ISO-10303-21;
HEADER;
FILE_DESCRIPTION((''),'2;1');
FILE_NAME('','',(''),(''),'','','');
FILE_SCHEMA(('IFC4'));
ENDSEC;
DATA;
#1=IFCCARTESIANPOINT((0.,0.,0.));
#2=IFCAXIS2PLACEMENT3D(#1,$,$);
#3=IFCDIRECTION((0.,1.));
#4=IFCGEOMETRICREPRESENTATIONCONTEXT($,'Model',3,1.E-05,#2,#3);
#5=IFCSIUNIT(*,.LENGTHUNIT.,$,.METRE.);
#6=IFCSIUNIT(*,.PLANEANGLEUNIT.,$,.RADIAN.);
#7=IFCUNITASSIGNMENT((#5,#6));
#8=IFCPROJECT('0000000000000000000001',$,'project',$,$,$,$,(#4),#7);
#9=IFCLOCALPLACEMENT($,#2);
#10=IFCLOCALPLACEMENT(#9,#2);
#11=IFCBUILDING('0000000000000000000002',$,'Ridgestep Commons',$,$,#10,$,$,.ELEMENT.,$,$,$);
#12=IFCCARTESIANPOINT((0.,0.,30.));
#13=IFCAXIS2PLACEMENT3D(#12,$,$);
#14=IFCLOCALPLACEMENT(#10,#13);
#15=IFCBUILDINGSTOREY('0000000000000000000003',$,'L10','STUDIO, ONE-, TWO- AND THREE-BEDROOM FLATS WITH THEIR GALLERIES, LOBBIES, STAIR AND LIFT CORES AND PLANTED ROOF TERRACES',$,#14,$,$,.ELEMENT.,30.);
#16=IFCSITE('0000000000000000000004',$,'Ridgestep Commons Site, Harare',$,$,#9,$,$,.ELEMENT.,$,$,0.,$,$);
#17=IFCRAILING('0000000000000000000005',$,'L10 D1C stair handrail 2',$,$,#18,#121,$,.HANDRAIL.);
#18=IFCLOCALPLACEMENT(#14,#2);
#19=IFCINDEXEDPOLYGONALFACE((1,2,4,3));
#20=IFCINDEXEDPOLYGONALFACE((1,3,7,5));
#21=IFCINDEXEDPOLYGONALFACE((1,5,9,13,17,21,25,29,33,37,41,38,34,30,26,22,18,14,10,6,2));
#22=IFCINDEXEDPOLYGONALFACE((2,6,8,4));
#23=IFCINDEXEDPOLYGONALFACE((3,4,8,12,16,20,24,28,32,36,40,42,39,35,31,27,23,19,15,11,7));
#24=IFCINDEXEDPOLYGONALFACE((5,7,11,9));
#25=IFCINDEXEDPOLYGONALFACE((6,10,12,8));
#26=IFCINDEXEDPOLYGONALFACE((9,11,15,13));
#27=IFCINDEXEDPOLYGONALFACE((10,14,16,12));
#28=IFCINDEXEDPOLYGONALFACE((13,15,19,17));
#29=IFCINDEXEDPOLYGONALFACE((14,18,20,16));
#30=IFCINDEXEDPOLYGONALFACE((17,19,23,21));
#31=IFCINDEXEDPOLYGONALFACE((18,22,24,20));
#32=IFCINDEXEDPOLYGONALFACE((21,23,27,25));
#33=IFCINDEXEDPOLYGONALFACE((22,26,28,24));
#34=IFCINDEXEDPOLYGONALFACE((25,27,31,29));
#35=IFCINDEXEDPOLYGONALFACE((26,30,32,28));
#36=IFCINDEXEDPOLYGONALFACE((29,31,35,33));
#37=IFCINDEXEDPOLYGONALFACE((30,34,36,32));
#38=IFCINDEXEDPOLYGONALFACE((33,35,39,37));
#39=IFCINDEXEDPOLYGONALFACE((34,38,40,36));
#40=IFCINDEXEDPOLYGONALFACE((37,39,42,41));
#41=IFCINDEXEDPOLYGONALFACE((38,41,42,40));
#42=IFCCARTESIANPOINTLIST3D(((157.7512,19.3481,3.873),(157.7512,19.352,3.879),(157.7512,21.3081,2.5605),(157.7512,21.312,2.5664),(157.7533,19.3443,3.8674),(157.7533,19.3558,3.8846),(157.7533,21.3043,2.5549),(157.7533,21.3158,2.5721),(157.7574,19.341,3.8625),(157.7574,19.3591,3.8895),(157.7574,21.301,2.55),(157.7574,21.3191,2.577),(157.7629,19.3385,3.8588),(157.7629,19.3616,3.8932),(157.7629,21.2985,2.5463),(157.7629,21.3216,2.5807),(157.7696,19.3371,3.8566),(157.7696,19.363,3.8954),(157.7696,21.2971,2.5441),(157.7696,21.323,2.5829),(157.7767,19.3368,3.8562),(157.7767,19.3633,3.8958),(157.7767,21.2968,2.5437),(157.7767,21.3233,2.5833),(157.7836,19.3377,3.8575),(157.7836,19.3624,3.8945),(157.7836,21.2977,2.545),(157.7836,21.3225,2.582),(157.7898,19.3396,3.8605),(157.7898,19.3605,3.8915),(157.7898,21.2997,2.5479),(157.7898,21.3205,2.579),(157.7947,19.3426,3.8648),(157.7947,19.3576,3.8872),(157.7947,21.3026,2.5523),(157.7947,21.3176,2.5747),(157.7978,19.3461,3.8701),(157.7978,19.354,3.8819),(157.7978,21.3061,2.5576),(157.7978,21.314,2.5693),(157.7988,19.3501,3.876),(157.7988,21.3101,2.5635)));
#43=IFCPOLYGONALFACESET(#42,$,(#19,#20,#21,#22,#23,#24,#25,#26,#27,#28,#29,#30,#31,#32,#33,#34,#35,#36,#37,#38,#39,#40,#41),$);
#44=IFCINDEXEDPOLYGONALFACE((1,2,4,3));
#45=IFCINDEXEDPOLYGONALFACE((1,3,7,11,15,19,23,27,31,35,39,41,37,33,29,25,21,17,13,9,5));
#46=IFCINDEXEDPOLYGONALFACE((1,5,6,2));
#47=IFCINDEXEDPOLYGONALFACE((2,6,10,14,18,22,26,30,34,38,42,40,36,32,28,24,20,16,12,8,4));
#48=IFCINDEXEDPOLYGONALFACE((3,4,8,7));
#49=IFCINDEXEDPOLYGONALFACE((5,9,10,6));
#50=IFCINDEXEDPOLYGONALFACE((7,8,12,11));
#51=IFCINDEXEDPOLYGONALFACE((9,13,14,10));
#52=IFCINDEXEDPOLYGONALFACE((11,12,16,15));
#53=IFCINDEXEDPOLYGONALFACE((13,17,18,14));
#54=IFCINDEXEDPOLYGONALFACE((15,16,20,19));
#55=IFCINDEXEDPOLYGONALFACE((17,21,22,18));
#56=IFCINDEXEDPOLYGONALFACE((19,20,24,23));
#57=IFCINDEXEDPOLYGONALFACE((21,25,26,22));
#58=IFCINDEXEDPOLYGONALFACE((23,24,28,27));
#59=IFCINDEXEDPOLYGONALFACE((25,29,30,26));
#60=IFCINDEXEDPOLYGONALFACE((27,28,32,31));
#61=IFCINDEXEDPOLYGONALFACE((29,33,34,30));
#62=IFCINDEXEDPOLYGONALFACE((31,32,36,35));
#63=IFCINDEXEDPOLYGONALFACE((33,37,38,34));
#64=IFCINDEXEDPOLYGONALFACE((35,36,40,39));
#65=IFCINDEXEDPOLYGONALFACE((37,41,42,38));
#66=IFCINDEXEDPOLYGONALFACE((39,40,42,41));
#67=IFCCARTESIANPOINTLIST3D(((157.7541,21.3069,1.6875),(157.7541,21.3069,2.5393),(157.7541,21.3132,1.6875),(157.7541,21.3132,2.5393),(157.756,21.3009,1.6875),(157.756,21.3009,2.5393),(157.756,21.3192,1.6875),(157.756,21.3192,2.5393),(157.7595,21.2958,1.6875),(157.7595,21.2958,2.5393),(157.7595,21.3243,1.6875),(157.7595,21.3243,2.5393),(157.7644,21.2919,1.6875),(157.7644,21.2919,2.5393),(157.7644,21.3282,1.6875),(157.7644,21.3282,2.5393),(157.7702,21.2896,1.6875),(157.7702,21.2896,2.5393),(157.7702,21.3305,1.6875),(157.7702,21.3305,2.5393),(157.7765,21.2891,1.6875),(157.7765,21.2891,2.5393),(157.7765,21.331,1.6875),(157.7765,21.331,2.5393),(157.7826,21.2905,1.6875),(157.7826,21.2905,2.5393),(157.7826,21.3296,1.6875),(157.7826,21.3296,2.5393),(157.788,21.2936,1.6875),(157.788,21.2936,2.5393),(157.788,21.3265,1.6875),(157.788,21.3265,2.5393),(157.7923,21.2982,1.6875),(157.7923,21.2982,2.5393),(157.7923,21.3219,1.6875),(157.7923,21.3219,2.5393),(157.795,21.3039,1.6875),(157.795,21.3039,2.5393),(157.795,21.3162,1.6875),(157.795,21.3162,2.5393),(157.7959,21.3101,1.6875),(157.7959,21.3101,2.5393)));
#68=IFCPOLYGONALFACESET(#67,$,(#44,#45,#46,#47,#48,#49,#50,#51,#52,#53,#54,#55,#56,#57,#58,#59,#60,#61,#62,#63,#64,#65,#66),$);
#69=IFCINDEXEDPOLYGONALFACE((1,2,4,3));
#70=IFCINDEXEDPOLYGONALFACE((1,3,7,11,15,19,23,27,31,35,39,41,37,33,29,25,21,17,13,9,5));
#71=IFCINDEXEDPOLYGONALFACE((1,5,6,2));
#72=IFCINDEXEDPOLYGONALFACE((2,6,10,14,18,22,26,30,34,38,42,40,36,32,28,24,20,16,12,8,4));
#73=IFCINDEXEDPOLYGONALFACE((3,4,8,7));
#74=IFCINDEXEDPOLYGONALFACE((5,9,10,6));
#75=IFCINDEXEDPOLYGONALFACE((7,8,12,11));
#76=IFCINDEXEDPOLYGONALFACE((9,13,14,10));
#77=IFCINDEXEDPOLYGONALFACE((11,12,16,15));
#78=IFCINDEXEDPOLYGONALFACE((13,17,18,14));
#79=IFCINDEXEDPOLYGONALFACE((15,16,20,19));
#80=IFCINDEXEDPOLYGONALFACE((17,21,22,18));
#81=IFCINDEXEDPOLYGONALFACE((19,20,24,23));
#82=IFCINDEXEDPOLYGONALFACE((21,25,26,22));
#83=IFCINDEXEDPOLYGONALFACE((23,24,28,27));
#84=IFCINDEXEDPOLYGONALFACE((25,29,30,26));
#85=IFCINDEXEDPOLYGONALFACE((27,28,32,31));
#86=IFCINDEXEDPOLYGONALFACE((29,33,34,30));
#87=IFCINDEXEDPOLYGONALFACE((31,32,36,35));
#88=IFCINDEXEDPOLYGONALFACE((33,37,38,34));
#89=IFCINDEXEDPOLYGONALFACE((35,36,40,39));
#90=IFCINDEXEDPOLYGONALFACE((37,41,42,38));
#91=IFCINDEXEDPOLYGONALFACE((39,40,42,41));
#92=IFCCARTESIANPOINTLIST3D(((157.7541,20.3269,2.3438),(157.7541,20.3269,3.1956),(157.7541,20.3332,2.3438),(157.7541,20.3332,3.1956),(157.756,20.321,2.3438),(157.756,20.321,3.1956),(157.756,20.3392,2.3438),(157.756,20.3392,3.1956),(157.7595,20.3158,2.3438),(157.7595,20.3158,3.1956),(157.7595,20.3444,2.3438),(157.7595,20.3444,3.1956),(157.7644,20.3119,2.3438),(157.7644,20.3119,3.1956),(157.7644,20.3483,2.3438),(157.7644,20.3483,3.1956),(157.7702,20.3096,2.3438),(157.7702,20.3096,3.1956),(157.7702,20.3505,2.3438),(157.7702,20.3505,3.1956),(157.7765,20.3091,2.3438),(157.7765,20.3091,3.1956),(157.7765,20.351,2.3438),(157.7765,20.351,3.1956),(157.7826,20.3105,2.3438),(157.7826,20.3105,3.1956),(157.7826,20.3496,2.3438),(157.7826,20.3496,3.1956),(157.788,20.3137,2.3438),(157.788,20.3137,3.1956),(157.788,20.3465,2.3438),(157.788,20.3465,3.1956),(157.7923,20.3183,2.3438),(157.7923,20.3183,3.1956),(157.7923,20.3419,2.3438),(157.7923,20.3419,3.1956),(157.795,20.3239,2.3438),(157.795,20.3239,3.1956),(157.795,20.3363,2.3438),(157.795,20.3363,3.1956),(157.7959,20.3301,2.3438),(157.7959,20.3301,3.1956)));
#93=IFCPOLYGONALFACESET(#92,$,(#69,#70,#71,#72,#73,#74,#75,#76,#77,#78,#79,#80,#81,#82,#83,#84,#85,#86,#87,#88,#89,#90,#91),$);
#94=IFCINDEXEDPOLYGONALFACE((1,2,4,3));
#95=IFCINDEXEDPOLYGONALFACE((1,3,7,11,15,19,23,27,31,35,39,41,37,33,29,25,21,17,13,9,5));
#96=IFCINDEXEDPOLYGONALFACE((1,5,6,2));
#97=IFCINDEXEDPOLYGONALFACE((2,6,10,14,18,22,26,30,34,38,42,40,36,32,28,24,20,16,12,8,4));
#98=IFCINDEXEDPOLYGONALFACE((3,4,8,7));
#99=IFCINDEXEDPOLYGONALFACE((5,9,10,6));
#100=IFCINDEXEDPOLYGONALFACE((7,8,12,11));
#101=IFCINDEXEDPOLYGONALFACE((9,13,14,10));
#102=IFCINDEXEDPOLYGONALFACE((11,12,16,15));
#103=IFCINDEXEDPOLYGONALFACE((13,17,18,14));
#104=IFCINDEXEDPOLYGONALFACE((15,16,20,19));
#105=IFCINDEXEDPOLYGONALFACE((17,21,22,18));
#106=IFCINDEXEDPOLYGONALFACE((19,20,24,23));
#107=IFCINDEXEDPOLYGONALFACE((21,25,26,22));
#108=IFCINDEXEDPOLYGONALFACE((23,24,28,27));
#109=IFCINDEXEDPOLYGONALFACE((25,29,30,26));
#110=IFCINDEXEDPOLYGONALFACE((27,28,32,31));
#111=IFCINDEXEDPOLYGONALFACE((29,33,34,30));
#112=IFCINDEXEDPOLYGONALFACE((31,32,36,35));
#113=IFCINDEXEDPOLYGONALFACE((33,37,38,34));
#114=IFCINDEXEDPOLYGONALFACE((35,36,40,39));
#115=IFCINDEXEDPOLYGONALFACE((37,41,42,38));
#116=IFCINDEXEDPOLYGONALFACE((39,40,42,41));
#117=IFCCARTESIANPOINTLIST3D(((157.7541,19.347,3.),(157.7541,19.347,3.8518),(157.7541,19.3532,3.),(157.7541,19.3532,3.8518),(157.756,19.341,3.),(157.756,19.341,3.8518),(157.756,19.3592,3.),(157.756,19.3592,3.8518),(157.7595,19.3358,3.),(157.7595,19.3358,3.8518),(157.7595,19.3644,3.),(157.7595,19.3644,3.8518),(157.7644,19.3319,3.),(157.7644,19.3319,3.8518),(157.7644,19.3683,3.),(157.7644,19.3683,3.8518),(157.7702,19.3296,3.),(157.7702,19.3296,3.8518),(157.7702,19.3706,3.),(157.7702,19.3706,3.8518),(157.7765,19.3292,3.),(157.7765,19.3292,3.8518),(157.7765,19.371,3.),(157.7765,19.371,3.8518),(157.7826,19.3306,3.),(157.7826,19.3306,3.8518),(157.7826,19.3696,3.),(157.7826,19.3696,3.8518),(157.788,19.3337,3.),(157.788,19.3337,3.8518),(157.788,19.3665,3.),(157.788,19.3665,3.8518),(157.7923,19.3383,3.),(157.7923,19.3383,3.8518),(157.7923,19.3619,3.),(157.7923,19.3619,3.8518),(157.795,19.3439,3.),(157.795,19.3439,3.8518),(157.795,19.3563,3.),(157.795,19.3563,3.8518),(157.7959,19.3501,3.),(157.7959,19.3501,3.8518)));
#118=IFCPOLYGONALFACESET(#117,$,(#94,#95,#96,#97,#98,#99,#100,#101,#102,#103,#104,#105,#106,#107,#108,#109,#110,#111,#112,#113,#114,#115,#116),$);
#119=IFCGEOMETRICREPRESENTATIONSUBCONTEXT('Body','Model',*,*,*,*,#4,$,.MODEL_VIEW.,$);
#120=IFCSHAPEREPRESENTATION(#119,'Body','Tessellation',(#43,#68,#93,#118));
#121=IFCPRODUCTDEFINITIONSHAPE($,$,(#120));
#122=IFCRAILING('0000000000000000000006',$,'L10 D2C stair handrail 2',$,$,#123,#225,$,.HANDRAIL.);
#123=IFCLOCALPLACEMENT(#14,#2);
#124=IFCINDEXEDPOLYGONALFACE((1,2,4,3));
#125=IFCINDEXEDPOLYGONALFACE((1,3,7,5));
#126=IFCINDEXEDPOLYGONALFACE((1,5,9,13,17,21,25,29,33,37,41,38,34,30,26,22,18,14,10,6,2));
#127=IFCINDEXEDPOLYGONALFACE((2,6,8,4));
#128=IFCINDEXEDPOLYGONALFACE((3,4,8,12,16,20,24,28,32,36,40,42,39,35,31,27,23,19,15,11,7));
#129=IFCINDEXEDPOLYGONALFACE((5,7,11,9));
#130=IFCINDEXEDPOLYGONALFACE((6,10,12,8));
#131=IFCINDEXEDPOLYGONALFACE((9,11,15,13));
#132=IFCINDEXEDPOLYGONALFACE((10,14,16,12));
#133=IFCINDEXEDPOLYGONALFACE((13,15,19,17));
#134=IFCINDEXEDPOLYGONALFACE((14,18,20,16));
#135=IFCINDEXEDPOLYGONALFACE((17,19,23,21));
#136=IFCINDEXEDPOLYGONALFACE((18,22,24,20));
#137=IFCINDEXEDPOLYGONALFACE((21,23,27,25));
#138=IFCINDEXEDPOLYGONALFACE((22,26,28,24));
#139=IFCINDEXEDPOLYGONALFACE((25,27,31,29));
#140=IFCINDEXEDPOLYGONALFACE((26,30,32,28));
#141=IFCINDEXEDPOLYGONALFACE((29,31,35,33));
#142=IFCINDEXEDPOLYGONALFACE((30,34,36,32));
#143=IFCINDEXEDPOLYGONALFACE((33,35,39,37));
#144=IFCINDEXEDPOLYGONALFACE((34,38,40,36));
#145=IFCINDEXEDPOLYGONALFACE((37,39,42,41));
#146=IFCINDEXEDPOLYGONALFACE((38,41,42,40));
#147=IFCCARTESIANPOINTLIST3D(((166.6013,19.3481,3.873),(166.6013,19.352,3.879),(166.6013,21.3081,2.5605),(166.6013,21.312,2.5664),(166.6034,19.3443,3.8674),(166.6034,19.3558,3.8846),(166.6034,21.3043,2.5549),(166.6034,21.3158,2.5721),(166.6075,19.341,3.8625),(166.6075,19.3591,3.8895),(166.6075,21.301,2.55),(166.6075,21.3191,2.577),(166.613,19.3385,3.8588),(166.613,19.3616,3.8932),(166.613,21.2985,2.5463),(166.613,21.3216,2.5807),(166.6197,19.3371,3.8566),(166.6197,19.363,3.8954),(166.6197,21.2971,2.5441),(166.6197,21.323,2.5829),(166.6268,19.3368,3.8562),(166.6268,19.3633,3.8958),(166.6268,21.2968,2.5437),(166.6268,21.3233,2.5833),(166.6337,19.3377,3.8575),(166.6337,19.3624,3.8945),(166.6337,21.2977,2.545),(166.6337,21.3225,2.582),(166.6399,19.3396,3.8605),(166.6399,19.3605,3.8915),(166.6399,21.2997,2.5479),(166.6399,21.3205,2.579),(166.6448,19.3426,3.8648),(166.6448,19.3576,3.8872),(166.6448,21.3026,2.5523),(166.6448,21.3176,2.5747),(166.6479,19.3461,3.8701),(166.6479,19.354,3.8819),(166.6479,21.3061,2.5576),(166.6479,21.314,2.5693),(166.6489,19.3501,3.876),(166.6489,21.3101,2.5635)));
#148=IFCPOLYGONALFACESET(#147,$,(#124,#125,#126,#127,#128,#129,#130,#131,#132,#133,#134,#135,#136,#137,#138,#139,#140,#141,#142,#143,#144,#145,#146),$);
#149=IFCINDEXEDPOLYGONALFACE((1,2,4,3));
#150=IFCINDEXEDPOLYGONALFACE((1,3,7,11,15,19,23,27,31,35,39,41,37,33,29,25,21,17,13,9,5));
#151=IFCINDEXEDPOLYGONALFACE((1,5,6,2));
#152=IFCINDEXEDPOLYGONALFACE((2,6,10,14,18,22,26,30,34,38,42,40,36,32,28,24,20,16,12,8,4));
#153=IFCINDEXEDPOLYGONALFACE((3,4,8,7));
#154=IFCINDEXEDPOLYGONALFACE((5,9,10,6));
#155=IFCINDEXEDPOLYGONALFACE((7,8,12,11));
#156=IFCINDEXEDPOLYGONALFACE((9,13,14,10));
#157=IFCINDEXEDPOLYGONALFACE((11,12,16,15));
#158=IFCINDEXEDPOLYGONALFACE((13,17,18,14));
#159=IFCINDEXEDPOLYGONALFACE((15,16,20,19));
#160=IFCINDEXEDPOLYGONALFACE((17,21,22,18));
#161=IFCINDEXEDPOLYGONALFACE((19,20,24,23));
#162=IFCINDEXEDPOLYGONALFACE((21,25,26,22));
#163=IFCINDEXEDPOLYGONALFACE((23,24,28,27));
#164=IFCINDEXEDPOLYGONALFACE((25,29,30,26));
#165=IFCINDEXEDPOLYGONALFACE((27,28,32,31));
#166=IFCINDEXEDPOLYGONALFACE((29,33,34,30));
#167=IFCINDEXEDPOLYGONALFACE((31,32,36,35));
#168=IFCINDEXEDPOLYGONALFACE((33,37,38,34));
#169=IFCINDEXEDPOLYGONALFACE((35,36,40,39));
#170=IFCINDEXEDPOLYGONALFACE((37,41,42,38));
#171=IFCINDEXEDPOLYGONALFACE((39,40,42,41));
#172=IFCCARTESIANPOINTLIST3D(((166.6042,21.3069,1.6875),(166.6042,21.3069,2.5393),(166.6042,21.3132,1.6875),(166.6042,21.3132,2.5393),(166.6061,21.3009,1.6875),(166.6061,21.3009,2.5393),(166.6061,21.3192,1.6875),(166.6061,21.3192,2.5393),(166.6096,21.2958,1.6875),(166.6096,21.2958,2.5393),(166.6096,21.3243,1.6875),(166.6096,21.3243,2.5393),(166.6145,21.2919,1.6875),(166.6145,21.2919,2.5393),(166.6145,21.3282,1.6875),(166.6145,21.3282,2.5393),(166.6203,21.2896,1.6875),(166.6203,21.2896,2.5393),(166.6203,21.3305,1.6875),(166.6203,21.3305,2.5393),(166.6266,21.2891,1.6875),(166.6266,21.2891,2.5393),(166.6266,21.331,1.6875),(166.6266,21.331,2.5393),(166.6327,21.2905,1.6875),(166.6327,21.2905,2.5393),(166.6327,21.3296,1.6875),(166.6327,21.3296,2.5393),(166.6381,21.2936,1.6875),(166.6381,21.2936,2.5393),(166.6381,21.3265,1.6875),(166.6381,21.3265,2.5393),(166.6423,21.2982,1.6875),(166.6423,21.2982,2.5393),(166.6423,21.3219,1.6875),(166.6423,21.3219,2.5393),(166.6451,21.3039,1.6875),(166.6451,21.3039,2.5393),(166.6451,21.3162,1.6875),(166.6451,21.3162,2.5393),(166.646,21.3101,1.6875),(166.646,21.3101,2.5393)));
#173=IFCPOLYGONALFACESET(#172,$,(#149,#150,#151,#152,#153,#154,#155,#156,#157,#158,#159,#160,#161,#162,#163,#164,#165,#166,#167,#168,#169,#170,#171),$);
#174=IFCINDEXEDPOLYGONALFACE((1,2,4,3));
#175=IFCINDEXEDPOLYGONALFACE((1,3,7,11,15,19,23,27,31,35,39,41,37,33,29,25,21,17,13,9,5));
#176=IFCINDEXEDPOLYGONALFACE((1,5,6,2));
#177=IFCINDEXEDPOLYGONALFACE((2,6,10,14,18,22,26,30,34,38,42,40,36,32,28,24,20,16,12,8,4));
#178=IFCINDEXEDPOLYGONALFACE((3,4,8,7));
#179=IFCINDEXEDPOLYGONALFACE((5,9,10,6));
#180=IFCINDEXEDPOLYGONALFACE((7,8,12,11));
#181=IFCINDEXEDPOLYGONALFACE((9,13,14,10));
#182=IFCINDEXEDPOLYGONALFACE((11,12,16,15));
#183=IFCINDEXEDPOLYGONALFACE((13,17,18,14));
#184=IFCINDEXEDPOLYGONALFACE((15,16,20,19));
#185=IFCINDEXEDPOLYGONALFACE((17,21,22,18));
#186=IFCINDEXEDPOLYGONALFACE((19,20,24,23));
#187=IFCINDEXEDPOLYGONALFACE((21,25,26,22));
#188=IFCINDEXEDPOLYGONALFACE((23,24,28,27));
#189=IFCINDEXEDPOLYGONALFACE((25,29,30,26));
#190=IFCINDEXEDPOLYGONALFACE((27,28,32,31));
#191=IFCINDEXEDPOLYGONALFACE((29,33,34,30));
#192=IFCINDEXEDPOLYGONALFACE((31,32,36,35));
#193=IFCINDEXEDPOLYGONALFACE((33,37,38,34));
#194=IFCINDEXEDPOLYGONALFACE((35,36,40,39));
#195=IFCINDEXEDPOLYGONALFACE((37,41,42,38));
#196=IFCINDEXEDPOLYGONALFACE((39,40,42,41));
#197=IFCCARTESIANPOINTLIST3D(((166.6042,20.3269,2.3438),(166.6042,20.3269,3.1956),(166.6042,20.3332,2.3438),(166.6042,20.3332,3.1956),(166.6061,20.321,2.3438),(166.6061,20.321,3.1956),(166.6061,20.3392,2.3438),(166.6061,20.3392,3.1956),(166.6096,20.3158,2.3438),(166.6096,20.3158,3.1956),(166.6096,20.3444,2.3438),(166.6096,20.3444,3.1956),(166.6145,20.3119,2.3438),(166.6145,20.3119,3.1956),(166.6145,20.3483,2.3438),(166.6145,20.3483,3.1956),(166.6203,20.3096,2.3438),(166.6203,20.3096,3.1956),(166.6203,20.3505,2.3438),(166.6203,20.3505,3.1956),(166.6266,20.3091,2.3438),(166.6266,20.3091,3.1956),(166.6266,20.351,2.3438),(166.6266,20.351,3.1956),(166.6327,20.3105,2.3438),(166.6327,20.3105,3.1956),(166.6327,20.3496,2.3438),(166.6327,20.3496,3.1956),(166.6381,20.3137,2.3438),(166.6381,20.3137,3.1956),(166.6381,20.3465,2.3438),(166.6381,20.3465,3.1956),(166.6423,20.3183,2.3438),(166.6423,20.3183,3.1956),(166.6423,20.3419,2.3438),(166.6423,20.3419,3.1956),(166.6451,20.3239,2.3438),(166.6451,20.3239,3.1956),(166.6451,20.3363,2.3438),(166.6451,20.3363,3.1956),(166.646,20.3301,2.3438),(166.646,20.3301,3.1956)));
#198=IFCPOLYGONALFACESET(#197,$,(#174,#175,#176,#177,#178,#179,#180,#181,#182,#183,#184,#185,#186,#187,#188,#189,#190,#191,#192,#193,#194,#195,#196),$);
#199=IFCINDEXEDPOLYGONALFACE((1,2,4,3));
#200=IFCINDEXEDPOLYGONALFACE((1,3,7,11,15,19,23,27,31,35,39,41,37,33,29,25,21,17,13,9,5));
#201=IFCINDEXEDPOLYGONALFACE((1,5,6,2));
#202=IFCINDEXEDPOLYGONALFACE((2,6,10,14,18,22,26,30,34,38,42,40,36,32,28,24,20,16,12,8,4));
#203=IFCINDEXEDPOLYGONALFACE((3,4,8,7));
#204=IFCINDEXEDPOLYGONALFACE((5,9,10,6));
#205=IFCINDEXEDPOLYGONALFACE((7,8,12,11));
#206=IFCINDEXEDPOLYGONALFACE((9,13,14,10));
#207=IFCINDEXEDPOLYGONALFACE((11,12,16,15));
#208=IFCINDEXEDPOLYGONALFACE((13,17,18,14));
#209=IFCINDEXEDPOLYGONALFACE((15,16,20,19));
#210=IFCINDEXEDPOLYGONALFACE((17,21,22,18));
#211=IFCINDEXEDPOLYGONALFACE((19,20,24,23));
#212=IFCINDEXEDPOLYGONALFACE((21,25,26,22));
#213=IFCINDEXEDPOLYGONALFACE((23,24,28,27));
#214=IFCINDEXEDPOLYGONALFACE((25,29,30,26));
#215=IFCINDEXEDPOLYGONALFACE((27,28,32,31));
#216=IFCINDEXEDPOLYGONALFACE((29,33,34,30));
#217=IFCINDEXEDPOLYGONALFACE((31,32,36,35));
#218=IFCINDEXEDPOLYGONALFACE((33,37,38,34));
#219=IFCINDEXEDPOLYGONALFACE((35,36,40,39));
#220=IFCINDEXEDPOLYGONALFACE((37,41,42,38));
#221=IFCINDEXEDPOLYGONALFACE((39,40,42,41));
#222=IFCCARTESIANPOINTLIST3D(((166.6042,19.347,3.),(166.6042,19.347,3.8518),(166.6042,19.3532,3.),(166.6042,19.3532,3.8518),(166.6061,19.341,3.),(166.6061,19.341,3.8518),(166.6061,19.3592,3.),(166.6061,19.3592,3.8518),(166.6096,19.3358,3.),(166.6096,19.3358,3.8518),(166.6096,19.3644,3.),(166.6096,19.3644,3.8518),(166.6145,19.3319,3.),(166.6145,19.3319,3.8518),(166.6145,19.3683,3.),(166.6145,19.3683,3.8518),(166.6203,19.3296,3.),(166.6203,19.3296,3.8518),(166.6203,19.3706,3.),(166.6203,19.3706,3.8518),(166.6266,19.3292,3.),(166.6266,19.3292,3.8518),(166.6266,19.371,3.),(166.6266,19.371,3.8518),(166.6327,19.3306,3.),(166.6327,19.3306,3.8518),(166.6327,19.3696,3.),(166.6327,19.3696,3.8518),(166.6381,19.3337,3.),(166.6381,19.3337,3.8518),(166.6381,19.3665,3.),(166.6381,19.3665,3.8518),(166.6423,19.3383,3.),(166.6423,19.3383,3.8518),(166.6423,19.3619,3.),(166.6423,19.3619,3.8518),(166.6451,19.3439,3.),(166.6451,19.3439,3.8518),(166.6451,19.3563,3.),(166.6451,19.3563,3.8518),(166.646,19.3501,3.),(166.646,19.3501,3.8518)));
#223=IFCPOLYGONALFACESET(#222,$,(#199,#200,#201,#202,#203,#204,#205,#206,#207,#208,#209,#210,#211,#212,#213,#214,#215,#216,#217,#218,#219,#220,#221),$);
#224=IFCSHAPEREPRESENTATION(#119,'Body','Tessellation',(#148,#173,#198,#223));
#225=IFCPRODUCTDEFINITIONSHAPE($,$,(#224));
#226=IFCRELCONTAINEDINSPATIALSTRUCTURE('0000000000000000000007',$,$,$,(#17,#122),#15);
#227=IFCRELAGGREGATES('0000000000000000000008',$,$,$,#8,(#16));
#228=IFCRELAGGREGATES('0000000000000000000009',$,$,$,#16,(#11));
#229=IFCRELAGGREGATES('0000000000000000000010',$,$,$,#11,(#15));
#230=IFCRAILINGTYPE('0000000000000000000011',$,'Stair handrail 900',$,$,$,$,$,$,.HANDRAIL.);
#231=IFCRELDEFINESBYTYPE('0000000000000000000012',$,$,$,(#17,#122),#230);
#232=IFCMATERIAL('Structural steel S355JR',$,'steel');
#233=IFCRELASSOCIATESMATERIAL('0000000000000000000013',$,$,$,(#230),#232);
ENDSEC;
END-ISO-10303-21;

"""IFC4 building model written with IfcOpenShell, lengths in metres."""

from ifc_helpers import new_model, si_unit, direction, frame, origin, origin_2d, place, context, subcontext, project, spatial, circle, extrude, material, type_object, element, save


model = new_model("IFC4")

# Units and contexts
model_context = context("Model", 3, precision=1e-05, world=origin(), true_north=direction((0.0, 1.0)))
body_context = subcontext(model_context, "Body", "Model", "MODEL_VIEW")
ifc_project = project(units=[si_unit("LENGTHUNIT", "METRE"), si_unit("PLANEANGLEUNIT", "RADIAN")], contexts=[model_context])

# Site, building, storey
site_placement = place(None, origin())
site = spatial("IfcSite", under=ifc_project, at=site_placement, Name="Ridgestep Commons Site, Harare", CompositionType="ELEMENT", RefElevation=0.0)
building_placement = place(site_placement, origin())
building = spatial("IfcBuilding", under=site, at=building_placement, Name="Ridgestep Commons", CompositionType="ELEMENT")
storey_placement = place(building_placement, frame((0.0, 0.0, 30.0)))
storey = spatial("IfcBuildingStorey", under=building, at=storey_placement, Name="L10", Description="STUDIO, ONE-, TWO- AND THREE-BEDROOM FLATS WITH THEIR GALLERIES, LOBBIES, STAIR AND LIFT CORES AND PLANTED ROOF TERRACES", CompositionType="ELEMENT", Elevation=30.0)

# Railings
ifc_material_1 = material(Name="Structural steel S355JR", Category="steel")
railing_type_1 = type_object("IfcRailingType", Name="Stair handrail 900", PredefinedType="HANDRAIL", material=ifc_material_1)
for number, where, name in (
    (1, (157.7749, 21.3101, 1.6875), "L10 D1C stair handrail 2"),
    (2, (166.625, 21.3101, 1.6875), "L10 D2C stair handrail 2"),
):
    element("IfcRailing", number, at=place(storey_placement, frame(where)), inside=storey, type_object=railing_type_1, Name=name, PredefinedType="HANDRAIL", context=body_context, shape_type="SweptSolid", body=[
        extrude(circle(Radius=0.0239, at=origin_2d()), frame((0.0, 0.0, 0.876), z_axis=(0.0, -0.830902, 0.556419), x_axis=(1.0, 0.0, 0.0)), (0.0, 0.0, 1.0), 2.3589),
        extrude(circle(Radius=0.021, at=origin_2d()), origin(), (0.0, 0.0, 1.0), 0.8518),
        extrude(circle(Radius=0.021, at=origin_2d()), frame((0.0, -0.98, 0.6562)), (0.0, 0.0, 1.0), 0.8518),
        extrude(circle(Radius=0.021, at=origin_2d()), frame((0.0, -1.96, 1.3125)), (0.0, 0.0, 1.0), 0.8518),
    ])

save(model, "model.ifc")
